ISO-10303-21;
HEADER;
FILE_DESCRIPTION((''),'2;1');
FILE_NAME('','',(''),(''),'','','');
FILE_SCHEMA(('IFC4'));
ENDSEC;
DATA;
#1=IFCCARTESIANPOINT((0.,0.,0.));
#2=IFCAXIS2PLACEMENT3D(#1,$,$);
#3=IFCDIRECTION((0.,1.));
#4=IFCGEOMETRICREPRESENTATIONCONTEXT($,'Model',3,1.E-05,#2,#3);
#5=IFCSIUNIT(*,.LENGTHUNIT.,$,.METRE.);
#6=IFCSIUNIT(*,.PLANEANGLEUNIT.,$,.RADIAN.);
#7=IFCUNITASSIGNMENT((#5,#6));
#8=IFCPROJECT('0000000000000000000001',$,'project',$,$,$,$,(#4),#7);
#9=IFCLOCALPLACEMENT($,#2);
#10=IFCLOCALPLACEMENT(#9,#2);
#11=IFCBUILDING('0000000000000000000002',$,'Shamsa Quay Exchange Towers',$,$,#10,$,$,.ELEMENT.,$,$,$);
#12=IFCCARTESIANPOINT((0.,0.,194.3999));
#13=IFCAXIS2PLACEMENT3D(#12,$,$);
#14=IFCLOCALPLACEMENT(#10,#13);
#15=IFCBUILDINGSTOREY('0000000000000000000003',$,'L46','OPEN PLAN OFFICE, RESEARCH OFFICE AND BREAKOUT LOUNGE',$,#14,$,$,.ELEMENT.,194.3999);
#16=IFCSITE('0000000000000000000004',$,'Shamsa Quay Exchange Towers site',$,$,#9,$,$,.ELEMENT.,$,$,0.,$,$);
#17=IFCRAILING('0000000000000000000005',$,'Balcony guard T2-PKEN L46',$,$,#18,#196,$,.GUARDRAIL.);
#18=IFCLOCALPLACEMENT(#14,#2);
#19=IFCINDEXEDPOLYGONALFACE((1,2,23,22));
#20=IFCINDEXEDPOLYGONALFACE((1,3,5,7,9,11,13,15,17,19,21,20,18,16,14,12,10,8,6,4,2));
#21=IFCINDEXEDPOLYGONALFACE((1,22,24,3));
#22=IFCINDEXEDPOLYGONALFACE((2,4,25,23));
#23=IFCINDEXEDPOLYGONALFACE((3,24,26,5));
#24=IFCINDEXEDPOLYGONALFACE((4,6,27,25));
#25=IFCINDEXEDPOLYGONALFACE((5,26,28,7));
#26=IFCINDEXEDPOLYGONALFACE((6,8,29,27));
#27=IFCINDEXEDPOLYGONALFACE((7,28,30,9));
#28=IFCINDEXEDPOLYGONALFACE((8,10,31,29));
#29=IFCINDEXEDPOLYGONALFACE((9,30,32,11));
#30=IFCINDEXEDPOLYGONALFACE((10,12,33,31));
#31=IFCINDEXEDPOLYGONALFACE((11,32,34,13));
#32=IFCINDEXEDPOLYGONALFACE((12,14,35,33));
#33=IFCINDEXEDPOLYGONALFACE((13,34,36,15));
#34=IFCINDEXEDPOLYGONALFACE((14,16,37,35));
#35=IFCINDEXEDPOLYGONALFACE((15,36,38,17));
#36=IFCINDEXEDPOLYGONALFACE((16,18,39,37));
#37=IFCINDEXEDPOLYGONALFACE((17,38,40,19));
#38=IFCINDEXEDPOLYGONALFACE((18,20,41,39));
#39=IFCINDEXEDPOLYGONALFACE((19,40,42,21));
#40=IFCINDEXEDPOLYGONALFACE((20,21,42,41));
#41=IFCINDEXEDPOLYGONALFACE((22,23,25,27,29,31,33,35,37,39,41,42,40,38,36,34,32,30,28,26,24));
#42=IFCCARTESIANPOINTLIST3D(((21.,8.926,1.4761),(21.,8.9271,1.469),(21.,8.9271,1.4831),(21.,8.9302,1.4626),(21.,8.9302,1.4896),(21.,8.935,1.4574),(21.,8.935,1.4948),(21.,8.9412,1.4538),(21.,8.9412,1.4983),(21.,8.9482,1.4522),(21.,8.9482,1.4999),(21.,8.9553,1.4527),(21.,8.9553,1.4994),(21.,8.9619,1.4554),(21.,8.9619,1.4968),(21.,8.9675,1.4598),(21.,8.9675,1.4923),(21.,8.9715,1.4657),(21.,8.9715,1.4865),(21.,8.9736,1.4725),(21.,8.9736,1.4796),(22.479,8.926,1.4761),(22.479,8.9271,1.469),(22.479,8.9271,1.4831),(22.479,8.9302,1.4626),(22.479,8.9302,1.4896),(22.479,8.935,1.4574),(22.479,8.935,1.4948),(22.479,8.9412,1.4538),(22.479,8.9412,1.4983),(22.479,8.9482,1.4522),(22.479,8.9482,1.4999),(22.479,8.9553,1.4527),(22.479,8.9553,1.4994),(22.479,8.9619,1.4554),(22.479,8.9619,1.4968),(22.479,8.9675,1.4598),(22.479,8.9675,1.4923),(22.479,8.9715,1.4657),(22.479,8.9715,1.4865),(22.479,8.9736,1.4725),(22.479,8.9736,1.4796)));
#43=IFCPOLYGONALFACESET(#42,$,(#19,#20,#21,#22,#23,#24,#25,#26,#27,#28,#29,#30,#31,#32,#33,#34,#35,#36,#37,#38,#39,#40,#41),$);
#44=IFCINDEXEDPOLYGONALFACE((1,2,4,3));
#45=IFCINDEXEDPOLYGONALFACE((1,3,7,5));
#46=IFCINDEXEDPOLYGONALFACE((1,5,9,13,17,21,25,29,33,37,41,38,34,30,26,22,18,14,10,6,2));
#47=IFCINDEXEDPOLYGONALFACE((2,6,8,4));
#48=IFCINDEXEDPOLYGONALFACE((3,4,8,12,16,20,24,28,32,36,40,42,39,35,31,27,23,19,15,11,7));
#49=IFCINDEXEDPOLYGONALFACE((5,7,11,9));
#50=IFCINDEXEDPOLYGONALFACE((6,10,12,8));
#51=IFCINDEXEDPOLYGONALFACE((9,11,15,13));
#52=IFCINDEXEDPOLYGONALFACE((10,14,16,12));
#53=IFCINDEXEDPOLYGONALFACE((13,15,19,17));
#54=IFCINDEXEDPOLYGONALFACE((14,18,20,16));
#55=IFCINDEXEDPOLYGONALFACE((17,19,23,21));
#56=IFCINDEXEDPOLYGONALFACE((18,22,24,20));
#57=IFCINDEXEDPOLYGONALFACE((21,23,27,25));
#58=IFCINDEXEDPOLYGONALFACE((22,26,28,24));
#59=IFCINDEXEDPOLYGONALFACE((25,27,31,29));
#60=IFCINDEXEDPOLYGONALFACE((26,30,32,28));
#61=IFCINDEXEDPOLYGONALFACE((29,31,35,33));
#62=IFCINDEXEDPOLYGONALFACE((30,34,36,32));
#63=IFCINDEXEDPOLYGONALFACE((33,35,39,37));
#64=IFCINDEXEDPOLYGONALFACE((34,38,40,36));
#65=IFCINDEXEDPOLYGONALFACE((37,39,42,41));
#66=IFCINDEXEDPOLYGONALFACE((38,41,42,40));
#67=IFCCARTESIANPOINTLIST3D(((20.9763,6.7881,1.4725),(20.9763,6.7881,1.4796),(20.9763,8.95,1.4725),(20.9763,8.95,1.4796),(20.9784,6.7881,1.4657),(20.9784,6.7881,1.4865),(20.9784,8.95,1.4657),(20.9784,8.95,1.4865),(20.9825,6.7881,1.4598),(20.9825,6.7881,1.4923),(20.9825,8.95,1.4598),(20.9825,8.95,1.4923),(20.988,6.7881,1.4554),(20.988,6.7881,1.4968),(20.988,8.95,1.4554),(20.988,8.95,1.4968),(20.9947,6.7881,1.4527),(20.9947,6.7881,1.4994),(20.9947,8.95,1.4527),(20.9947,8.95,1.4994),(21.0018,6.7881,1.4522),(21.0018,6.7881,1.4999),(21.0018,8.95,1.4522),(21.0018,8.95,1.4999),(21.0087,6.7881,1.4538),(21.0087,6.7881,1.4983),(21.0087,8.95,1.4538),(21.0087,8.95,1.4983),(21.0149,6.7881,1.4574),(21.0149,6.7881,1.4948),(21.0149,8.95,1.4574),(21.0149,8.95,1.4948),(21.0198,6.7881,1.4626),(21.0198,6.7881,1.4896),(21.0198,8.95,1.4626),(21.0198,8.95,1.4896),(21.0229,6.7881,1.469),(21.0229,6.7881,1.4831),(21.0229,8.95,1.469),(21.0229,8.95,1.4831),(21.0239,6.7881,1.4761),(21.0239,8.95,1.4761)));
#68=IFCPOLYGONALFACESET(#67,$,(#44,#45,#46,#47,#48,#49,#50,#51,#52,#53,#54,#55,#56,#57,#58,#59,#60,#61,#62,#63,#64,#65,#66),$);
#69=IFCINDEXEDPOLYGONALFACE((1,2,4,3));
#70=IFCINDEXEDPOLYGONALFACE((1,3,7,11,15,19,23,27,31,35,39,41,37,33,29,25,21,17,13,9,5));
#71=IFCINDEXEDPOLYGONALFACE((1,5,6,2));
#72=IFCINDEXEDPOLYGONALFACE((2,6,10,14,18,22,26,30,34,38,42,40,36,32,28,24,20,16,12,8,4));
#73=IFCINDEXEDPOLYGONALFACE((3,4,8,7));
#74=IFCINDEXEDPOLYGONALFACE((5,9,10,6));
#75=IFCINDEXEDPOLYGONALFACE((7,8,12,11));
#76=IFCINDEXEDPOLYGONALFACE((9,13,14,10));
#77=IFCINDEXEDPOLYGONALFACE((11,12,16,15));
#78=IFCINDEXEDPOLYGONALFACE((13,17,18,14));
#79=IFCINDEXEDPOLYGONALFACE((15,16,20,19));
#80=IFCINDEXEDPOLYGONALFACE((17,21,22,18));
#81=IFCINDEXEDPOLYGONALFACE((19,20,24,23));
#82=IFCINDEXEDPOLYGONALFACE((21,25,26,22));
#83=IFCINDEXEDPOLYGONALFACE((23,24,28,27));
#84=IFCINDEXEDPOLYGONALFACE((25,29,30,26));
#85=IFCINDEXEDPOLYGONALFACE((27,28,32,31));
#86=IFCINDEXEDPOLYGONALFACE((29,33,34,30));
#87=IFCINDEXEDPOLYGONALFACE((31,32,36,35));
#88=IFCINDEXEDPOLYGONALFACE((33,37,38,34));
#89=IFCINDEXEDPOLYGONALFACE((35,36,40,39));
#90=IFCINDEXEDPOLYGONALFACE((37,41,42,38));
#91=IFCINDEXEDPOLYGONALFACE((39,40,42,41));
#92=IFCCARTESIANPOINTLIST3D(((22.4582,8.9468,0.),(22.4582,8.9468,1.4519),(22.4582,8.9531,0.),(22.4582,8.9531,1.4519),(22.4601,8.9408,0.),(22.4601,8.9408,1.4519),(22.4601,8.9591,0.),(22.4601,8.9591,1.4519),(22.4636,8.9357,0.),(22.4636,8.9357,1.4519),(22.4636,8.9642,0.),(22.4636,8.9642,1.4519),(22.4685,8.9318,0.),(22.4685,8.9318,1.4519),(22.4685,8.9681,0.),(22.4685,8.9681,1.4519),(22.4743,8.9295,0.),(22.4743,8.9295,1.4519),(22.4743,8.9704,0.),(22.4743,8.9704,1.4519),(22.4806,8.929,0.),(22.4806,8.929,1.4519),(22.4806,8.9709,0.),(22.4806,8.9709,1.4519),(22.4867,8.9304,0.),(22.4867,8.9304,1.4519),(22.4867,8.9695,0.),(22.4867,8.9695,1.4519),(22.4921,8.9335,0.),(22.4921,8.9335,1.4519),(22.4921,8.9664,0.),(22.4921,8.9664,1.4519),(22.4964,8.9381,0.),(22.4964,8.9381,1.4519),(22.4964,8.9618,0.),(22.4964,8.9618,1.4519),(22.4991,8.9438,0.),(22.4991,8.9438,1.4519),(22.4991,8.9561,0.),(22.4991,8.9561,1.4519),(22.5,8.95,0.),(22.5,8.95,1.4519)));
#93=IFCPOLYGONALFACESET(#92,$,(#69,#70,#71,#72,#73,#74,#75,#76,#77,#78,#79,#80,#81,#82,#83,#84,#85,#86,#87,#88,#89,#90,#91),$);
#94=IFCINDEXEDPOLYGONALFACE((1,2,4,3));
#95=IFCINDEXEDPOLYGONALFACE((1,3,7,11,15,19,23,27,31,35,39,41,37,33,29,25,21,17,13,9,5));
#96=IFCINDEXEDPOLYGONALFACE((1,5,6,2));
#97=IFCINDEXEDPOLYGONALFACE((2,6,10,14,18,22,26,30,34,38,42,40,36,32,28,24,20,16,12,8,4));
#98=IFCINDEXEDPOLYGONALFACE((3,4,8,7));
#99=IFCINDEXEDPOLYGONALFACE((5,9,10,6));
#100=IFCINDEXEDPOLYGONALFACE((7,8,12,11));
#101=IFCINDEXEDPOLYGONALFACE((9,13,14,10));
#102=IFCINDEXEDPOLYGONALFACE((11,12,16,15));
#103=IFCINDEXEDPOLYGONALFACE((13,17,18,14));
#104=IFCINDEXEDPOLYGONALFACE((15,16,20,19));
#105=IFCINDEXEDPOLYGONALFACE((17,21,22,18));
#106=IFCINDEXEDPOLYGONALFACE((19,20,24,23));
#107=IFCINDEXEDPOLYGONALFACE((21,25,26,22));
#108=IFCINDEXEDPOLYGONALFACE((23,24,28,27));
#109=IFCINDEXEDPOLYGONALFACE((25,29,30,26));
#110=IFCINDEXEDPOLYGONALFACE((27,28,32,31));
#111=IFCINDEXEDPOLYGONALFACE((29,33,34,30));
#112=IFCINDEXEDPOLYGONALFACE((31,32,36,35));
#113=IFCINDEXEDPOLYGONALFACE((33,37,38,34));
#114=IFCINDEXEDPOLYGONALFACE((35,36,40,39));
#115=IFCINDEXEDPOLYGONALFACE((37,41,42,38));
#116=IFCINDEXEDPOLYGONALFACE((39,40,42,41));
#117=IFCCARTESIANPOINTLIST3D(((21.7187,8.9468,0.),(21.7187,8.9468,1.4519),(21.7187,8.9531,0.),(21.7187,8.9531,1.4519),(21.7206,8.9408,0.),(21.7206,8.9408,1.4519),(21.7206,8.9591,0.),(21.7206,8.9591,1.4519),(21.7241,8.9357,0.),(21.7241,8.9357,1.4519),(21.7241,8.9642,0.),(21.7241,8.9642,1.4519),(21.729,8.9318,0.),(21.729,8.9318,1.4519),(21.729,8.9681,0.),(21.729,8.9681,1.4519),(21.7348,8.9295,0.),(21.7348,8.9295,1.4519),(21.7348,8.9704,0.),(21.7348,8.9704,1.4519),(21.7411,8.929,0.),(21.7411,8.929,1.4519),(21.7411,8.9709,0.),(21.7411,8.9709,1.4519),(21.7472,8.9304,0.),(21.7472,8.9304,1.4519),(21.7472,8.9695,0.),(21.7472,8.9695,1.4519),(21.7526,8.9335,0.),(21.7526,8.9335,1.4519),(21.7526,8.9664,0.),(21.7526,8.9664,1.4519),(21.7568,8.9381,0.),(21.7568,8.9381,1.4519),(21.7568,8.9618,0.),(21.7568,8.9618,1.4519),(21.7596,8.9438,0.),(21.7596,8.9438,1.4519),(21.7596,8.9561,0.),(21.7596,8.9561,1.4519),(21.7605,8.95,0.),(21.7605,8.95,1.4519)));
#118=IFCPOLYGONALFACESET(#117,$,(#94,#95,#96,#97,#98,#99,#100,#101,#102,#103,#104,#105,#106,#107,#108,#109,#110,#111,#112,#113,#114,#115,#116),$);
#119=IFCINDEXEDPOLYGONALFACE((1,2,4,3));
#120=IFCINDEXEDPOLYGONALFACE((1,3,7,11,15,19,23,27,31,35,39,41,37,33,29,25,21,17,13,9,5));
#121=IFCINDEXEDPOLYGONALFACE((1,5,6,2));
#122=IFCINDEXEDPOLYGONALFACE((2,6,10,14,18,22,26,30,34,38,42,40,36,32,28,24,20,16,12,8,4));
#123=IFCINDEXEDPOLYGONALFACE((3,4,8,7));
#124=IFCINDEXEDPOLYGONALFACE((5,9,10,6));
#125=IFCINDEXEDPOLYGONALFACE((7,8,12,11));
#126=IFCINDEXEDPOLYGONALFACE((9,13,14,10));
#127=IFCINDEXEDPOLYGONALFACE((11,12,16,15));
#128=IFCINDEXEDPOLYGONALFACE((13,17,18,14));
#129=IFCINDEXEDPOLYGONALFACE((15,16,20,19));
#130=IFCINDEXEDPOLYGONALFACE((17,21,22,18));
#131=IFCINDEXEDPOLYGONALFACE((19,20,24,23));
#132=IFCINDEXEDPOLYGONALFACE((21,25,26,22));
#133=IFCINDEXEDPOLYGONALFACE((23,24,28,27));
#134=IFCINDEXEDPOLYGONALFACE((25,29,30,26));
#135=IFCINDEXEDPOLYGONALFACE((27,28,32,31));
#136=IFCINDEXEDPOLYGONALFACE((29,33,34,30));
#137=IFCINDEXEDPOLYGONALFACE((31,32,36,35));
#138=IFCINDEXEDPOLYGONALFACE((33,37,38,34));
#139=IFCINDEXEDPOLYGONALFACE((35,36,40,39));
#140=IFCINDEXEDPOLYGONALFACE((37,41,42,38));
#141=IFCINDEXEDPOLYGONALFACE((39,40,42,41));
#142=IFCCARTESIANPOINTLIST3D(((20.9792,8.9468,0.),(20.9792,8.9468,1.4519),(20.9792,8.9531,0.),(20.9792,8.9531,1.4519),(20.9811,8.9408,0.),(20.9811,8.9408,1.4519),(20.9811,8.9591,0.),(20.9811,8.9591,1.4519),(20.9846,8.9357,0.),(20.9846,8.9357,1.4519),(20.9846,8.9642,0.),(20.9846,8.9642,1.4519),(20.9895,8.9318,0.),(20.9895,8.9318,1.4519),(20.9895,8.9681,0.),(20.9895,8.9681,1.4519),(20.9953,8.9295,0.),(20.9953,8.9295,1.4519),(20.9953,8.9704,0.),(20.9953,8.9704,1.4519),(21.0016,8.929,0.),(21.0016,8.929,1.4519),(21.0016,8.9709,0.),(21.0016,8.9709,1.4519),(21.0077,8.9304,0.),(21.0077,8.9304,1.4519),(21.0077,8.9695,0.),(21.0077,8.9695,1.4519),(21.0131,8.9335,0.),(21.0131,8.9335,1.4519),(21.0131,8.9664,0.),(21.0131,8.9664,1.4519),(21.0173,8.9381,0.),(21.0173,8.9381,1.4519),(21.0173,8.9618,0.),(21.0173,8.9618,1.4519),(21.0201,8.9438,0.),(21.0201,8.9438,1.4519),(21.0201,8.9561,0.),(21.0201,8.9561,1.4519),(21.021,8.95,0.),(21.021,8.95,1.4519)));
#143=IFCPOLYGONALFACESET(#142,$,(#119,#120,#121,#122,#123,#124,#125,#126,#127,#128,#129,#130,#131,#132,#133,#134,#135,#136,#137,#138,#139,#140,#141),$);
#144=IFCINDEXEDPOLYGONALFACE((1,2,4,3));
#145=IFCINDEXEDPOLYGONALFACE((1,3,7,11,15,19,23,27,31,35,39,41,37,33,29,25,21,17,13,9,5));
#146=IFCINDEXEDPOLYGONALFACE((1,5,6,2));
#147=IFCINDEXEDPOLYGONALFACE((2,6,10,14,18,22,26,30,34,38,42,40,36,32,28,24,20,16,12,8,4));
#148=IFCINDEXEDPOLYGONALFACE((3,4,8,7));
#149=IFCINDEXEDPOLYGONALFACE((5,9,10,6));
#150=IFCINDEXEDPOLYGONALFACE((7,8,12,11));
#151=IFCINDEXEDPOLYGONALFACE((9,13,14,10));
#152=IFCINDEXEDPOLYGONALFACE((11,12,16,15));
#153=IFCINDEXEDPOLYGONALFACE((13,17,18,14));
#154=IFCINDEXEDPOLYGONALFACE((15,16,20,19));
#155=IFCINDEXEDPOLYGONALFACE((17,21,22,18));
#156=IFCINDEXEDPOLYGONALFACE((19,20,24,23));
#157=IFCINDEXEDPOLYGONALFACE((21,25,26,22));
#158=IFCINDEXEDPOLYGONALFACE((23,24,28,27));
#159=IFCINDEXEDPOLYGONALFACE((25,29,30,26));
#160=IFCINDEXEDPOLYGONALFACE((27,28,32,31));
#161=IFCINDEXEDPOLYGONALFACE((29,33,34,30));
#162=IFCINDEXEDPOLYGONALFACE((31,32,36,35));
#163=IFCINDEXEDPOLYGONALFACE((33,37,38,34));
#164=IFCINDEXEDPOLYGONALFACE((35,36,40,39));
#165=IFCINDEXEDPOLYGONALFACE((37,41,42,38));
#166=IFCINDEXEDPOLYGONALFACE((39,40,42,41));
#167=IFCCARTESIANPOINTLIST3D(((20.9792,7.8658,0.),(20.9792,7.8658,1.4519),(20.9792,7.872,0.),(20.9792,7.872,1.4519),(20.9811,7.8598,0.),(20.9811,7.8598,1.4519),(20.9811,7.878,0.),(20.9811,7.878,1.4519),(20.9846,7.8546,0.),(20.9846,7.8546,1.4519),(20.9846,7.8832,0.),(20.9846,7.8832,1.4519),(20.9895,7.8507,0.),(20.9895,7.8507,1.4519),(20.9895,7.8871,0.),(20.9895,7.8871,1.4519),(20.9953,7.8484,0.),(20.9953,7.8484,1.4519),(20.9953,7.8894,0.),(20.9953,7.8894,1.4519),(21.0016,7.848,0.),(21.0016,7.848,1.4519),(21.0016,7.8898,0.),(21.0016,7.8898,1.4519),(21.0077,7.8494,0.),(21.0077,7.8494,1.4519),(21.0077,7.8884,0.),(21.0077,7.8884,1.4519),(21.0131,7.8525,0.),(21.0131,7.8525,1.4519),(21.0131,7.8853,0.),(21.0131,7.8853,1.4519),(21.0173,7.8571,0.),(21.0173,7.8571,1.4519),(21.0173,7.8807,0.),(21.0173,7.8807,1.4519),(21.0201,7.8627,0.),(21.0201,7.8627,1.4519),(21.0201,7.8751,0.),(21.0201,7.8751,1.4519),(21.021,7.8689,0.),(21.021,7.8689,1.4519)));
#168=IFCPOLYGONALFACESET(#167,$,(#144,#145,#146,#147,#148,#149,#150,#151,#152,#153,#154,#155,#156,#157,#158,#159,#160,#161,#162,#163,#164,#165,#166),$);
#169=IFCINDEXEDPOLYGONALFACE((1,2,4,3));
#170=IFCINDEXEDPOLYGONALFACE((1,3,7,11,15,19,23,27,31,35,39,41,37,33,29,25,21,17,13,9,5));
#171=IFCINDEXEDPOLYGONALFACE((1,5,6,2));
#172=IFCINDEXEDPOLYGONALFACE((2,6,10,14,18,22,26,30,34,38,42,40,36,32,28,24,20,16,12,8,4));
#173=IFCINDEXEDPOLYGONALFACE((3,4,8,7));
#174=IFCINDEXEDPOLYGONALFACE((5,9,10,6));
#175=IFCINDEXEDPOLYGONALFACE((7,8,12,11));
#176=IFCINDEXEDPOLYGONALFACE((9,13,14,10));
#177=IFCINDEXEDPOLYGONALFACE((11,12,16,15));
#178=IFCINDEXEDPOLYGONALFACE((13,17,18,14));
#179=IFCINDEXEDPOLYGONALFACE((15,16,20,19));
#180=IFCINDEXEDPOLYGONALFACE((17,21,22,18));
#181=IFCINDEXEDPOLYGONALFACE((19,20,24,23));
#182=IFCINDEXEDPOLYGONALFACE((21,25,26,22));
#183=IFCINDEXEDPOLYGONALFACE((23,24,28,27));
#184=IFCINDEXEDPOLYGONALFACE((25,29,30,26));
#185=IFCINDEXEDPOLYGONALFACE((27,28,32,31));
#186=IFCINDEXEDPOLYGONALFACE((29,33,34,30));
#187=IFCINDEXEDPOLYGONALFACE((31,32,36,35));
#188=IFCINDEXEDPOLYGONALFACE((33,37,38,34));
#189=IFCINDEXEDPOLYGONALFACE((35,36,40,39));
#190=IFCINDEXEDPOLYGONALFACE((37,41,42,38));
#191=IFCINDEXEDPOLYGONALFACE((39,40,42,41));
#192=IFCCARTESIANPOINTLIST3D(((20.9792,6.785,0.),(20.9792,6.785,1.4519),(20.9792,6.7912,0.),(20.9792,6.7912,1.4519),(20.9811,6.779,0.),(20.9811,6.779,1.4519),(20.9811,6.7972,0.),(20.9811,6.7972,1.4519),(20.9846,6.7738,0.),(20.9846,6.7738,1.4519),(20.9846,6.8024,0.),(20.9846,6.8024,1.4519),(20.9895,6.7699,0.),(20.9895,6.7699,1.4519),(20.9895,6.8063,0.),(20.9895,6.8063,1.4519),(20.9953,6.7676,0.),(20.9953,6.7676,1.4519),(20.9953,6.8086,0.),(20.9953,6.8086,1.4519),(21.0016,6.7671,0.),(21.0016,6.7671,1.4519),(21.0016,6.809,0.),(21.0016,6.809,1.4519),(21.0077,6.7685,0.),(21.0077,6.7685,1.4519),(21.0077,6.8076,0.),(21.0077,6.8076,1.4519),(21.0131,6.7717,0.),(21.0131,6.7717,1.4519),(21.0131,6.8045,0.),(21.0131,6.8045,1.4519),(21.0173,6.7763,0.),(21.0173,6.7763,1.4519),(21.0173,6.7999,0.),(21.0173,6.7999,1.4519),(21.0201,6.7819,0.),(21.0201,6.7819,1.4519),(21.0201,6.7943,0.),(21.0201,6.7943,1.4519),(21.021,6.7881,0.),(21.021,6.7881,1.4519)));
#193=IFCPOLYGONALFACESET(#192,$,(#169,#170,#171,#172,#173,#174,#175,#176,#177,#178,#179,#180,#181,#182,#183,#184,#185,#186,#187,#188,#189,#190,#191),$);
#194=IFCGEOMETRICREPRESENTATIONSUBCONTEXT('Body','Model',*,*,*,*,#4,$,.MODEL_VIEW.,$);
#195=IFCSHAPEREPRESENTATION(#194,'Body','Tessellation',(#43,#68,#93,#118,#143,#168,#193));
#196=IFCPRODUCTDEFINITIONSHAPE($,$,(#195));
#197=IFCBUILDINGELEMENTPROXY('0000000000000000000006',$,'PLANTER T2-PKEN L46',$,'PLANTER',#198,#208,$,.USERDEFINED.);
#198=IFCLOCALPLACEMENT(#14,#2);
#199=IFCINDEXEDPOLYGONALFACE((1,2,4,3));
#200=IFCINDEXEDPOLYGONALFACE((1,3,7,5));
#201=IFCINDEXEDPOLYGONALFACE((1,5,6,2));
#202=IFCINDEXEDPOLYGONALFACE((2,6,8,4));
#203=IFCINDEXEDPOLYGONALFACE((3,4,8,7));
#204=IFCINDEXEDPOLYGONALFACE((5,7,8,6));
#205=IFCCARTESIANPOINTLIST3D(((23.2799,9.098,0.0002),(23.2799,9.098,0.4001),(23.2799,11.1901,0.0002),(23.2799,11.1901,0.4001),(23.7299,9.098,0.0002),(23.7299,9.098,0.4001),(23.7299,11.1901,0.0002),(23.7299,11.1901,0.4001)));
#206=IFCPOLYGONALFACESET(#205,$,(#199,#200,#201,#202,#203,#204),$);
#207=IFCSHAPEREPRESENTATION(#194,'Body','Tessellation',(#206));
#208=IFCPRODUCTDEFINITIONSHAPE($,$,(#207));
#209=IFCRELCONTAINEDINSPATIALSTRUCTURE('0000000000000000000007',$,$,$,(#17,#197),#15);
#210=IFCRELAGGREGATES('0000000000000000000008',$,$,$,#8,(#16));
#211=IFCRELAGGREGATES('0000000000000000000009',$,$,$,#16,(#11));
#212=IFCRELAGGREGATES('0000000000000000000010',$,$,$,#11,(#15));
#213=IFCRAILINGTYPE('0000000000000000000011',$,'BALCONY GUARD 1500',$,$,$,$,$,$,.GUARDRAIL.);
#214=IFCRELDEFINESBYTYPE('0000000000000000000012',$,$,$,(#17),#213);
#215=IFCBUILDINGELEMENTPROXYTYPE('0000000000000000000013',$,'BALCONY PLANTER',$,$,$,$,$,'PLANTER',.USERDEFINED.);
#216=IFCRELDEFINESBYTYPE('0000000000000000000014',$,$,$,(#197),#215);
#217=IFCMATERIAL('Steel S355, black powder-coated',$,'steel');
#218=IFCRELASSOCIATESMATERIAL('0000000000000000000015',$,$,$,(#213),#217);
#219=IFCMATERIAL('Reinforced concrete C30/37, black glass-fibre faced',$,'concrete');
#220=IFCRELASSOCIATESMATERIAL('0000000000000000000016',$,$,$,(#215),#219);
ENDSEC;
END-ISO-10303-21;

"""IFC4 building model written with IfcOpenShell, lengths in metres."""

from ifc_helpers import new_model, si_unit, direction, frame, origin, origin_2d, place, context, subcontext, project, spatial, rectangle, circle, extrude, material, type_object, element, save


model = new_model("IFC4")

# Units and contexts
model_context = context("Model", 3, precision=1e-05, world=origin(), true_north=direction((0.0, 1.0)))
body_context = subcontext(model_context, "Body", "Model", "MODEL_VIEW")
ifc_project = project(units=[si_unit("LENGTHUNIT", "METRE"), si_unit("PLANEANGLEUNIT", "RADIAN")], contexts=[model_context])

# Site, building, storey
site_placement = place(None, origin())
site = spatial("IfcSite", under=ifc_project, at=site_placement, Name="Shamsa Quay Exchange Towers site", CompositionType="ELEMENT", RefElevation=0.0)
building_placement = place(site_placement, origin())
building = spatial("IfcBuilding", under=site, at=building_placement, Name="Shamsa Quay Exchange Towers", CompositionType="ELEMENT")
storey_placement = place(building_placement, frame((0.0, 0.0, 194.3999)))
storey = spatial("IfcBuildingStorey", under=building, at=storey_placement, Name="L46", Description="OPEN PLAN OFFICE, RESEARCH OFFICE AND BREAKOUT LOUNGE", CompositionType="ELEMENT", Elevation=194.3999)

# Railing
ifc_material_1 = material(Name="Steel S355, black powder-coated", Category="steel")
railing_type = type_object("IfcRailingType", Name="BALCONY GUARD 1500", PredefinedType="GUARDRAIL", material=ifc_material_1)
for number, where, name in (
    (1, (22.479, 8.95, 0.0), "Balcony guard T2-PKEN L46"),
):
    element("IfcRailing", number, at=place(storey_placement, frame(where)), inside=storey, type_object=railing_type, Name=name, PredefinedType="GUARDRAIL", context=body_context, shape_type="SweptSolid", body=[
        extrude(circle(Radius=0.0239, at=origin_2d()), frame((0.0, 0.0, 1.4761), z_axis=(-1.0, 0.0, 0.0), x_axis=(0.0, -1.0, 0.0)), (0.0, 0.0, 1.0), 1.479),
        extrude(circle(Radius=0.0239, at=origin_2d()), frame((-1.479, 0.0, 1.4761), z_axis=(0.0, -1.0, 0.0), x_axis=(1.0, 0.0, 0.0)), (0.0, 0.0, 1.0), 2.1619),
        extrude(circle(Radius=0.021, at=origin_2d()), origin(), (0.0, 0.0, 1.0), 1.4519),
        extrude(circle(Radius=0.021, at=origin_2d()), frame((-0.7395, 0.0, 0.0)), (0.0, 0.0, 1.0), 1.4519),
        extrude(circle(Radius=0.021, at=origin_2d()), frame((-1.479, 0.0, 0.0)), (0.0, 0.0, 1.0), 1.4519),
        extrude(circle(Radius=0.021, at=origin_2d()), frame((-1.479, -1.0811, 0.0)), (0.0, 0.0, 1.0), 1.4519),
        extrude(circle(Radius=0.021, at=origin_2d()), frame((-1.479, -2.1619, 0.0)), (0.0, 0.0, 1.0), 1.4519),
    ])

# Building element proxy
ifc_material_2 = material(Name="Reinforced concrete C30/37, black glass-fibre faced", Category="concrete")
building_element_proxy_type = type_object("IfcBuildingElementProxyType", Name="BALCONY PLANTER", ElementType="PLANTER", PredefinedType="USERDEFINED", material=ifc_material_2)
for number, where, z_axis, x_axis, name in (
    (2, (23.5049, 10.144, 0.0002), (0.0, 0.0, 1.0), (0.0, -1.0, 0.0), "PLANTER T2-PKEN L46"),
):
    element("IfcBuildingElementProxy", number, at=place(storey_placement, frame(where, z_axis=z_axis, x_axis=x_axis)), inside=storey, type_object=building_element_proxy_type, Name=name, ObjectType="PLANTER", PredefinedType="USERDEFINED", context=body_context, shape_type="SweptSolid", body=[
        extrude(rectangle(XDim=2.092, YDim=0.45, at=origin_2d()), origin(), (0.0, 0.0, 1.0), 0.3999),
    ])

save(model, "model.ifc")
